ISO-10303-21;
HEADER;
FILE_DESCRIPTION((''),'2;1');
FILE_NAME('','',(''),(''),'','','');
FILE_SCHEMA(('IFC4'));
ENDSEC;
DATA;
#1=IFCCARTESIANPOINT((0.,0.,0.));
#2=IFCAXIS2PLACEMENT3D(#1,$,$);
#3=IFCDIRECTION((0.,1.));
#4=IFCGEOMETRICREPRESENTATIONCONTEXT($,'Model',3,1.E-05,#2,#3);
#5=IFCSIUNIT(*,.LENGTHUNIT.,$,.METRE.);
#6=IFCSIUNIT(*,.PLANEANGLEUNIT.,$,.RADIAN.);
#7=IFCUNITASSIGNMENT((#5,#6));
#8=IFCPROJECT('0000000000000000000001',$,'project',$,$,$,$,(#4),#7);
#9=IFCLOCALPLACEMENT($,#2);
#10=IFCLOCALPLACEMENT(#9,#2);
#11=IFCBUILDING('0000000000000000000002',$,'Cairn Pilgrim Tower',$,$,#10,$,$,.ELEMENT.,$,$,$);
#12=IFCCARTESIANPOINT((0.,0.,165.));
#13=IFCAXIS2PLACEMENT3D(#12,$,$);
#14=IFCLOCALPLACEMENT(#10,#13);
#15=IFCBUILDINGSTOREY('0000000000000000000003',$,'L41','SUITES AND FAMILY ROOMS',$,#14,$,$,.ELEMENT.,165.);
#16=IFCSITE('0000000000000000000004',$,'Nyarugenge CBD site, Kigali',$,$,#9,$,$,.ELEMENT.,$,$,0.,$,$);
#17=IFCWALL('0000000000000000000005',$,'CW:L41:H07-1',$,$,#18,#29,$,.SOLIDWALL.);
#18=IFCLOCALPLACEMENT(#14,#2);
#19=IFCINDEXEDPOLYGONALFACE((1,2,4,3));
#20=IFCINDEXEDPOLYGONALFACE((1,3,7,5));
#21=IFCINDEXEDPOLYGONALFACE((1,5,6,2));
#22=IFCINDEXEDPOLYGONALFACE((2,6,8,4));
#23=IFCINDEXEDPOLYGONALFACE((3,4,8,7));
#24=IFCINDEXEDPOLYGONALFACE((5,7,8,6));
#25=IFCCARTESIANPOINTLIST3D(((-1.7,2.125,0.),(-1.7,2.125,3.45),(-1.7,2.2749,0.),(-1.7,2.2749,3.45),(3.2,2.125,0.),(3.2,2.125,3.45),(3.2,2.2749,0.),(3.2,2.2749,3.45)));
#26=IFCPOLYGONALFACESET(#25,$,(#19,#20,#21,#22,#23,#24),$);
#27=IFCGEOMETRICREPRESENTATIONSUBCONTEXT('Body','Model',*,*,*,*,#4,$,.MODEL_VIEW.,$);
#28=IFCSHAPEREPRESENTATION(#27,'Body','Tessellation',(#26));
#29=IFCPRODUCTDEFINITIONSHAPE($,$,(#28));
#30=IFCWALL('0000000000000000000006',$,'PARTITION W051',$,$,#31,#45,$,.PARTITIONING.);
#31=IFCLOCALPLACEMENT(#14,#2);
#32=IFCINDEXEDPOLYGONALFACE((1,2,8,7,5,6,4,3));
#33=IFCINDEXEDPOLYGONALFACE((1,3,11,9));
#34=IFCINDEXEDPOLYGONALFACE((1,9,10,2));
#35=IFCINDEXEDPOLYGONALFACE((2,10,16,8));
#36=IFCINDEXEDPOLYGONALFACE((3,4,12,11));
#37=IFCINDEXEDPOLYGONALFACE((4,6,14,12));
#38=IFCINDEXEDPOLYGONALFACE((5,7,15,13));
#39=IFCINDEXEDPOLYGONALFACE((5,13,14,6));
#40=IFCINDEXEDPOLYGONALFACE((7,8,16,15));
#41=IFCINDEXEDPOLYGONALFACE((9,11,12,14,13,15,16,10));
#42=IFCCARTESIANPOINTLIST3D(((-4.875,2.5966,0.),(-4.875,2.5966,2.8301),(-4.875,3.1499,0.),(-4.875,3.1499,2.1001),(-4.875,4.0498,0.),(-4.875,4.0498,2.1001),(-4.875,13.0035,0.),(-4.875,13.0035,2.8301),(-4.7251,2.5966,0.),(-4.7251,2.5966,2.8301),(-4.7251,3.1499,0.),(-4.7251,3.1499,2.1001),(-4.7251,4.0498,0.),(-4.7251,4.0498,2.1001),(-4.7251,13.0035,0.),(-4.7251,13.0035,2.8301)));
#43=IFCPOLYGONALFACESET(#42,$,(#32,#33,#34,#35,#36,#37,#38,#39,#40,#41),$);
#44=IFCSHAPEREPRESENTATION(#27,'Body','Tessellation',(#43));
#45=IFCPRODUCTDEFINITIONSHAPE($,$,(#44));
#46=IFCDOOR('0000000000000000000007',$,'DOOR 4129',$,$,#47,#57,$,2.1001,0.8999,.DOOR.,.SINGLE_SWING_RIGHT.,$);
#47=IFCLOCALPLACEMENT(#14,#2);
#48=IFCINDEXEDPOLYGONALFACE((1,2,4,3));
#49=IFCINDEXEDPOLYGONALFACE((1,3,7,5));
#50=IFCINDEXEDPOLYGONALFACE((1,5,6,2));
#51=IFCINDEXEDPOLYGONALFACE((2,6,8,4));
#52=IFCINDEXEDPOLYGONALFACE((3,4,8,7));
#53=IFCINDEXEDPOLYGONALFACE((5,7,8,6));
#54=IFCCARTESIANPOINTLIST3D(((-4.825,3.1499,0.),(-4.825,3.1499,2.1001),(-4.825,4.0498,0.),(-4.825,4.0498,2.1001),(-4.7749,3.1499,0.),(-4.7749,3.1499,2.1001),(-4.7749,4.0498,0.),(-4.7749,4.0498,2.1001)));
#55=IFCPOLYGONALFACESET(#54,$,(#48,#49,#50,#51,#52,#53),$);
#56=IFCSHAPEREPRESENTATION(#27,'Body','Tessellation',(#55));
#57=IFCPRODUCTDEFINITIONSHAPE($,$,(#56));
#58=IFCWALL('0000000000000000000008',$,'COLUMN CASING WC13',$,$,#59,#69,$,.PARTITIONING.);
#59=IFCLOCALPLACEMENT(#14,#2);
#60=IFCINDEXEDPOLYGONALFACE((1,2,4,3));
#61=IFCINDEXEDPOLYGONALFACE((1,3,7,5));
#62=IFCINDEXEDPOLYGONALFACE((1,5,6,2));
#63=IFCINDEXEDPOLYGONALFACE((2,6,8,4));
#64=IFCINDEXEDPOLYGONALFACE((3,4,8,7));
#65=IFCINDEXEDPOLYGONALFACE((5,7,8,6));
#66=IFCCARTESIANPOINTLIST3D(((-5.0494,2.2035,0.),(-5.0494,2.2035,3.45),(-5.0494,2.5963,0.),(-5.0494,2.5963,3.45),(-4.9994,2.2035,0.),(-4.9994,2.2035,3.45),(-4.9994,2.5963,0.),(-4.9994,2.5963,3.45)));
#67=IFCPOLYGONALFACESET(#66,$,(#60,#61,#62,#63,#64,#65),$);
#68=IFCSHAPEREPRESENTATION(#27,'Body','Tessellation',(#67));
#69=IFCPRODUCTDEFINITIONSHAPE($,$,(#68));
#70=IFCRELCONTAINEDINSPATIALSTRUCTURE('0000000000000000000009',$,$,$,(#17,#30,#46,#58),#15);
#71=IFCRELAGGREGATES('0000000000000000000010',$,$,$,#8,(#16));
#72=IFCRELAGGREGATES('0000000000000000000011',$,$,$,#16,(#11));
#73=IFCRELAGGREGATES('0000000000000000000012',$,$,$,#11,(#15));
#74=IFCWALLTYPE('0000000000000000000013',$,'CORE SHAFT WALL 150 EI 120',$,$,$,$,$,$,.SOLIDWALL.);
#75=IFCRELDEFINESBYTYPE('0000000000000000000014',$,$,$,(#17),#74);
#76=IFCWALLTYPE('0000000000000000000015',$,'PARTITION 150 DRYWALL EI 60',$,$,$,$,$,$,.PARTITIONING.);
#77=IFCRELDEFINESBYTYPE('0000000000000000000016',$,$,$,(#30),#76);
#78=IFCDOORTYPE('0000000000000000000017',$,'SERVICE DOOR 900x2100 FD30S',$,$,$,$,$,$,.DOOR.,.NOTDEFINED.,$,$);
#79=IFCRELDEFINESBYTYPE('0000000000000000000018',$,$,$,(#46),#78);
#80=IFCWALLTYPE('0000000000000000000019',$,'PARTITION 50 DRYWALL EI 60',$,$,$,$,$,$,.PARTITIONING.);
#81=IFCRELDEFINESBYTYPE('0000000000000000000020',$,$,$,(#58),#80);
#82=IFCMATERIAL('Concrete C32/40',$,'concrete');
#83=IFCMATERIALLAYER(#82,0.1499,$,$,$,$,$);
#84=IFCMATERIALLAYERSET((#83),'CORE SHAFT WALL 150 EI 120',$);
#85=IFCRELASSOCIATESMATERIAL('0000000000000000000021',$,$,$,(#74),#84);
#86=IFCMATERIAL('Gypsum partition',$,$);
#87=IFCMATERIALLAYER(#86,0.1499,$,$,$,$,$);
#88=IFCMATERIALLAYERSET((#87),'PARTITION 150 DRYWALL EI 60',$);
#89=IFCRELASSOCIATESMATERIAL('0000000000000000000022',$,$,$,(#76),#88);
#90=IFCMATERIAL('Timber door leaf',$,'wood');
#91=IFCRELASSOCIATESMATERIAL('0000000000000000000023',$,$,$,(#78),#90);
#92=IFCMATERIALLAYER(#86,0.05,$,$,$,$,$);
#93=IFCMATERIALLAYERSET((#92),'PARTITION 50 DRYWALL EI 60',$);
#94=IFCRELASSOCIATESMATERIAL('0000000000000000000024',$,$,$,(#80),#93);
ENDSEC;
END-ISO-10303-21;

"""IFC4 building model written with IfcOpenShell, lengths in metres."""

from ifc_helpers import new_model, si_unit, direction, frame, frame_2d, origin, place, context, subcontext, project, spatial, rectangle, extrude, material, layer, layer_set, type_object, element, fill, save


model = new_model("IFC4")

# Units and contexts
model_context = context("Model", 3, precision=1e-05, world=origin(), true_north=direction((0.0, 1.0)))
body_context = subcontext(model_context, "Body", "Model", "MODEL_VIEW")
ifc_project = project(units=[si_unit("LENGTHUNIT", "METRE"), si_unit("PLANEANGLEUNIT", "RADIAN")], contexts=[model_context])

# Site, building, storey
site_placement = place(None, origin())
site = spatial("IfcSite", under=ifc_project, at=site_placement, Name="Nyarugenge CBD site, Kigali", CompositionType="ELEMENT", RefElevation=0.0)
building_placement = place(site_placement, origin())
building = spatial("IfcBuilding", under=site, at=building_placement, Name="Cairn Pilgrim Tower", CompositionType="ELEMENT")
storey_placement = place(building_placement, frame((0.0, 0.0, 165.0)))
storey = spatial("IfcBuildingStorey", under=building, at=storey_placement, Name="L41", Description="SUITES AND FAMILY ROOMS", CompositionType="ELEMENT", Elevation=165.0)

# Shared definitions
ifc_material_1 = material(Name="Concrete C32/40", Category="concrete")

# Wall
ifc_layer_1 = layer(ifc_material_1, 0.1499)
ifc_layer_set_1 = layer_set([ifc_layer_1], Name="CORE SHAFT WALL 150 EI 120")
wall_type_1 = type_object("IfcWallType", Name="CORE SHAFT WALL 150 EI 120", PredefinedType="SOLIDWALL", material=ifc_layer_set_1)
wall_1_placement = place(storey_placement, frame((-1.7, 2.2, 0.0), z_axis=(0.0, 0.0, 1.0), x_axis=(1.0, 0.0, 0.0)))
element("IfcWall", 1, at=wall_1_placement, inside=storey, type_object=wall_type_1, Name="CW:L41:H07-1", PredefinedType="SOLIDWALL", context=body_context, shape_type="SweptSolid", body=[
    extrude(rectangle(XDim=4.8999, YDim=0.1499, at=frame_2d((2.45, 0.0))), origin(), (0.0, 0.0, 1.0), 3.45),
])

# Wall, opening, door
ifc_material_2 = material(Name="Gypsum partition")
ifc_layer_2 = layer(ifc_material_2, 0.1499)
ifc_layer_set_2 = layer_set([ifc_layer_2], Name="PARTITION 150 DRYWALL EI 60")
wall_type_2 = type_object("IfcWallType", Name="PARTITION 150 DRYWALL EI 60", PredefinedType="PARTITIONING", material=ifc_layer_set_2)
wall_2_placement = place(storey_placement, frame((-4.8, 2.5964, 0.0), z_axis=(0.0, 0.0, 1.0), x_axis=(0.0, 1.0, 0.0)))
wall_2 = element("IfcWall", 2, at=wall_2_placement, inside=storey, type_object=wall_type_2, Name="PARTITION W051", PredefinedType="PARTITIONING", context=body_context, shape_type="SweptSolid", body=[
    extrude(rectangle(XDim=10.407, YDim=0.1499, at=frame_2d((5.2036, 0.0))), origin(), (0.0, 0.0, 1.0), 2.8301),
])
opening_1_placement = place(wall_2_placement, frame((0.5535, 0.0, 0.0)))
opening_1 = element("IfcOpeningElement", 3, at=opening_1_placement, cuts=wall_2, PredefinedType="OPENING", context=body_context, shape_type="SweptSolid", body=[
    extrude(rectangle(XDim=0.8999, YDim=2.1001, at=frame_2d((0.45, 1.05))), frame((0.0, 0.085, 0.0), z_axis=(0.0, -1.0, 0.0), x_axis=(1.0, 0.0, 0.0)), (0.0, 0.0, 1.0), 0.1699),
])
ifc_material_3 = material(Name="Timber door leaf", Category="wood")
door_type_1 = type_object("IfcDoorType", Name="SERVICE DOOR 900x2100 FD30S", OperationType="NOTDEFINED", PredefinedType="DOOR", material=ifc_material_3)
door_1_placement = place(opening_1_placement, origin())
door_1 = element("IfcDoor", 4, at=door_1_placement, inside=storey, type_object=door_type_1, Name="DOOR 4129", OperationType="SINGLE_SWING_RIGHT", OverallHeight=2.1001, OverallWidth=0.8999, PredefinedType="DOOR", context=body_context, shape_type="SweptSolid", body=[
    extrude(rectangle(XDim=0.8999, YDim=2.1001, at=frame_2d((0.45, 1.05))), frame((0.0, 0.0249, 0.0), z_axis=(0.0, -1.0, 0.0), x_axis=(1.0, 0.0, 0.0)), (0.0, 0.0, 1.0), 0.05),
])
fill(opening_1, door_1)

# Wall
ifc_layer_3 = layer(ifc_material_2, 0.05)
ifc_layer_set_3 = layer_set([ifc_layer_3], Name="PARTITION 50 DRYWALL EI 60")
wall_type_3 = type_object("IfcWallType", Name="PARTITION 50 DRYWALL EI 60", PredefinedType="PARTITIONING", material=ifc_layer_set_3)
wall_3_placement = place(storey_placement, frame((-5.0244, 2.2036, 0.0), z_axis=(0.0, 0.0, 1.0), x_axis=(0.0, 1.0, 0.0)))
element("IfcWall", 5, at=wall_3_placement, inside=storey, type_object=wall_type_3, Name="COLUMN CASING WC13", PredefinedType="PARTITIONING", context=body_context, shape_type="SweptSolid", body=[
    extrude(rectangle(XDim=0.3928, YDim=0.05, at=frame_2d((0.1963, 0.0))), origin(), (0.0, 0.0, 1.0), 3.45),
])

save(model, "model.ifc")
